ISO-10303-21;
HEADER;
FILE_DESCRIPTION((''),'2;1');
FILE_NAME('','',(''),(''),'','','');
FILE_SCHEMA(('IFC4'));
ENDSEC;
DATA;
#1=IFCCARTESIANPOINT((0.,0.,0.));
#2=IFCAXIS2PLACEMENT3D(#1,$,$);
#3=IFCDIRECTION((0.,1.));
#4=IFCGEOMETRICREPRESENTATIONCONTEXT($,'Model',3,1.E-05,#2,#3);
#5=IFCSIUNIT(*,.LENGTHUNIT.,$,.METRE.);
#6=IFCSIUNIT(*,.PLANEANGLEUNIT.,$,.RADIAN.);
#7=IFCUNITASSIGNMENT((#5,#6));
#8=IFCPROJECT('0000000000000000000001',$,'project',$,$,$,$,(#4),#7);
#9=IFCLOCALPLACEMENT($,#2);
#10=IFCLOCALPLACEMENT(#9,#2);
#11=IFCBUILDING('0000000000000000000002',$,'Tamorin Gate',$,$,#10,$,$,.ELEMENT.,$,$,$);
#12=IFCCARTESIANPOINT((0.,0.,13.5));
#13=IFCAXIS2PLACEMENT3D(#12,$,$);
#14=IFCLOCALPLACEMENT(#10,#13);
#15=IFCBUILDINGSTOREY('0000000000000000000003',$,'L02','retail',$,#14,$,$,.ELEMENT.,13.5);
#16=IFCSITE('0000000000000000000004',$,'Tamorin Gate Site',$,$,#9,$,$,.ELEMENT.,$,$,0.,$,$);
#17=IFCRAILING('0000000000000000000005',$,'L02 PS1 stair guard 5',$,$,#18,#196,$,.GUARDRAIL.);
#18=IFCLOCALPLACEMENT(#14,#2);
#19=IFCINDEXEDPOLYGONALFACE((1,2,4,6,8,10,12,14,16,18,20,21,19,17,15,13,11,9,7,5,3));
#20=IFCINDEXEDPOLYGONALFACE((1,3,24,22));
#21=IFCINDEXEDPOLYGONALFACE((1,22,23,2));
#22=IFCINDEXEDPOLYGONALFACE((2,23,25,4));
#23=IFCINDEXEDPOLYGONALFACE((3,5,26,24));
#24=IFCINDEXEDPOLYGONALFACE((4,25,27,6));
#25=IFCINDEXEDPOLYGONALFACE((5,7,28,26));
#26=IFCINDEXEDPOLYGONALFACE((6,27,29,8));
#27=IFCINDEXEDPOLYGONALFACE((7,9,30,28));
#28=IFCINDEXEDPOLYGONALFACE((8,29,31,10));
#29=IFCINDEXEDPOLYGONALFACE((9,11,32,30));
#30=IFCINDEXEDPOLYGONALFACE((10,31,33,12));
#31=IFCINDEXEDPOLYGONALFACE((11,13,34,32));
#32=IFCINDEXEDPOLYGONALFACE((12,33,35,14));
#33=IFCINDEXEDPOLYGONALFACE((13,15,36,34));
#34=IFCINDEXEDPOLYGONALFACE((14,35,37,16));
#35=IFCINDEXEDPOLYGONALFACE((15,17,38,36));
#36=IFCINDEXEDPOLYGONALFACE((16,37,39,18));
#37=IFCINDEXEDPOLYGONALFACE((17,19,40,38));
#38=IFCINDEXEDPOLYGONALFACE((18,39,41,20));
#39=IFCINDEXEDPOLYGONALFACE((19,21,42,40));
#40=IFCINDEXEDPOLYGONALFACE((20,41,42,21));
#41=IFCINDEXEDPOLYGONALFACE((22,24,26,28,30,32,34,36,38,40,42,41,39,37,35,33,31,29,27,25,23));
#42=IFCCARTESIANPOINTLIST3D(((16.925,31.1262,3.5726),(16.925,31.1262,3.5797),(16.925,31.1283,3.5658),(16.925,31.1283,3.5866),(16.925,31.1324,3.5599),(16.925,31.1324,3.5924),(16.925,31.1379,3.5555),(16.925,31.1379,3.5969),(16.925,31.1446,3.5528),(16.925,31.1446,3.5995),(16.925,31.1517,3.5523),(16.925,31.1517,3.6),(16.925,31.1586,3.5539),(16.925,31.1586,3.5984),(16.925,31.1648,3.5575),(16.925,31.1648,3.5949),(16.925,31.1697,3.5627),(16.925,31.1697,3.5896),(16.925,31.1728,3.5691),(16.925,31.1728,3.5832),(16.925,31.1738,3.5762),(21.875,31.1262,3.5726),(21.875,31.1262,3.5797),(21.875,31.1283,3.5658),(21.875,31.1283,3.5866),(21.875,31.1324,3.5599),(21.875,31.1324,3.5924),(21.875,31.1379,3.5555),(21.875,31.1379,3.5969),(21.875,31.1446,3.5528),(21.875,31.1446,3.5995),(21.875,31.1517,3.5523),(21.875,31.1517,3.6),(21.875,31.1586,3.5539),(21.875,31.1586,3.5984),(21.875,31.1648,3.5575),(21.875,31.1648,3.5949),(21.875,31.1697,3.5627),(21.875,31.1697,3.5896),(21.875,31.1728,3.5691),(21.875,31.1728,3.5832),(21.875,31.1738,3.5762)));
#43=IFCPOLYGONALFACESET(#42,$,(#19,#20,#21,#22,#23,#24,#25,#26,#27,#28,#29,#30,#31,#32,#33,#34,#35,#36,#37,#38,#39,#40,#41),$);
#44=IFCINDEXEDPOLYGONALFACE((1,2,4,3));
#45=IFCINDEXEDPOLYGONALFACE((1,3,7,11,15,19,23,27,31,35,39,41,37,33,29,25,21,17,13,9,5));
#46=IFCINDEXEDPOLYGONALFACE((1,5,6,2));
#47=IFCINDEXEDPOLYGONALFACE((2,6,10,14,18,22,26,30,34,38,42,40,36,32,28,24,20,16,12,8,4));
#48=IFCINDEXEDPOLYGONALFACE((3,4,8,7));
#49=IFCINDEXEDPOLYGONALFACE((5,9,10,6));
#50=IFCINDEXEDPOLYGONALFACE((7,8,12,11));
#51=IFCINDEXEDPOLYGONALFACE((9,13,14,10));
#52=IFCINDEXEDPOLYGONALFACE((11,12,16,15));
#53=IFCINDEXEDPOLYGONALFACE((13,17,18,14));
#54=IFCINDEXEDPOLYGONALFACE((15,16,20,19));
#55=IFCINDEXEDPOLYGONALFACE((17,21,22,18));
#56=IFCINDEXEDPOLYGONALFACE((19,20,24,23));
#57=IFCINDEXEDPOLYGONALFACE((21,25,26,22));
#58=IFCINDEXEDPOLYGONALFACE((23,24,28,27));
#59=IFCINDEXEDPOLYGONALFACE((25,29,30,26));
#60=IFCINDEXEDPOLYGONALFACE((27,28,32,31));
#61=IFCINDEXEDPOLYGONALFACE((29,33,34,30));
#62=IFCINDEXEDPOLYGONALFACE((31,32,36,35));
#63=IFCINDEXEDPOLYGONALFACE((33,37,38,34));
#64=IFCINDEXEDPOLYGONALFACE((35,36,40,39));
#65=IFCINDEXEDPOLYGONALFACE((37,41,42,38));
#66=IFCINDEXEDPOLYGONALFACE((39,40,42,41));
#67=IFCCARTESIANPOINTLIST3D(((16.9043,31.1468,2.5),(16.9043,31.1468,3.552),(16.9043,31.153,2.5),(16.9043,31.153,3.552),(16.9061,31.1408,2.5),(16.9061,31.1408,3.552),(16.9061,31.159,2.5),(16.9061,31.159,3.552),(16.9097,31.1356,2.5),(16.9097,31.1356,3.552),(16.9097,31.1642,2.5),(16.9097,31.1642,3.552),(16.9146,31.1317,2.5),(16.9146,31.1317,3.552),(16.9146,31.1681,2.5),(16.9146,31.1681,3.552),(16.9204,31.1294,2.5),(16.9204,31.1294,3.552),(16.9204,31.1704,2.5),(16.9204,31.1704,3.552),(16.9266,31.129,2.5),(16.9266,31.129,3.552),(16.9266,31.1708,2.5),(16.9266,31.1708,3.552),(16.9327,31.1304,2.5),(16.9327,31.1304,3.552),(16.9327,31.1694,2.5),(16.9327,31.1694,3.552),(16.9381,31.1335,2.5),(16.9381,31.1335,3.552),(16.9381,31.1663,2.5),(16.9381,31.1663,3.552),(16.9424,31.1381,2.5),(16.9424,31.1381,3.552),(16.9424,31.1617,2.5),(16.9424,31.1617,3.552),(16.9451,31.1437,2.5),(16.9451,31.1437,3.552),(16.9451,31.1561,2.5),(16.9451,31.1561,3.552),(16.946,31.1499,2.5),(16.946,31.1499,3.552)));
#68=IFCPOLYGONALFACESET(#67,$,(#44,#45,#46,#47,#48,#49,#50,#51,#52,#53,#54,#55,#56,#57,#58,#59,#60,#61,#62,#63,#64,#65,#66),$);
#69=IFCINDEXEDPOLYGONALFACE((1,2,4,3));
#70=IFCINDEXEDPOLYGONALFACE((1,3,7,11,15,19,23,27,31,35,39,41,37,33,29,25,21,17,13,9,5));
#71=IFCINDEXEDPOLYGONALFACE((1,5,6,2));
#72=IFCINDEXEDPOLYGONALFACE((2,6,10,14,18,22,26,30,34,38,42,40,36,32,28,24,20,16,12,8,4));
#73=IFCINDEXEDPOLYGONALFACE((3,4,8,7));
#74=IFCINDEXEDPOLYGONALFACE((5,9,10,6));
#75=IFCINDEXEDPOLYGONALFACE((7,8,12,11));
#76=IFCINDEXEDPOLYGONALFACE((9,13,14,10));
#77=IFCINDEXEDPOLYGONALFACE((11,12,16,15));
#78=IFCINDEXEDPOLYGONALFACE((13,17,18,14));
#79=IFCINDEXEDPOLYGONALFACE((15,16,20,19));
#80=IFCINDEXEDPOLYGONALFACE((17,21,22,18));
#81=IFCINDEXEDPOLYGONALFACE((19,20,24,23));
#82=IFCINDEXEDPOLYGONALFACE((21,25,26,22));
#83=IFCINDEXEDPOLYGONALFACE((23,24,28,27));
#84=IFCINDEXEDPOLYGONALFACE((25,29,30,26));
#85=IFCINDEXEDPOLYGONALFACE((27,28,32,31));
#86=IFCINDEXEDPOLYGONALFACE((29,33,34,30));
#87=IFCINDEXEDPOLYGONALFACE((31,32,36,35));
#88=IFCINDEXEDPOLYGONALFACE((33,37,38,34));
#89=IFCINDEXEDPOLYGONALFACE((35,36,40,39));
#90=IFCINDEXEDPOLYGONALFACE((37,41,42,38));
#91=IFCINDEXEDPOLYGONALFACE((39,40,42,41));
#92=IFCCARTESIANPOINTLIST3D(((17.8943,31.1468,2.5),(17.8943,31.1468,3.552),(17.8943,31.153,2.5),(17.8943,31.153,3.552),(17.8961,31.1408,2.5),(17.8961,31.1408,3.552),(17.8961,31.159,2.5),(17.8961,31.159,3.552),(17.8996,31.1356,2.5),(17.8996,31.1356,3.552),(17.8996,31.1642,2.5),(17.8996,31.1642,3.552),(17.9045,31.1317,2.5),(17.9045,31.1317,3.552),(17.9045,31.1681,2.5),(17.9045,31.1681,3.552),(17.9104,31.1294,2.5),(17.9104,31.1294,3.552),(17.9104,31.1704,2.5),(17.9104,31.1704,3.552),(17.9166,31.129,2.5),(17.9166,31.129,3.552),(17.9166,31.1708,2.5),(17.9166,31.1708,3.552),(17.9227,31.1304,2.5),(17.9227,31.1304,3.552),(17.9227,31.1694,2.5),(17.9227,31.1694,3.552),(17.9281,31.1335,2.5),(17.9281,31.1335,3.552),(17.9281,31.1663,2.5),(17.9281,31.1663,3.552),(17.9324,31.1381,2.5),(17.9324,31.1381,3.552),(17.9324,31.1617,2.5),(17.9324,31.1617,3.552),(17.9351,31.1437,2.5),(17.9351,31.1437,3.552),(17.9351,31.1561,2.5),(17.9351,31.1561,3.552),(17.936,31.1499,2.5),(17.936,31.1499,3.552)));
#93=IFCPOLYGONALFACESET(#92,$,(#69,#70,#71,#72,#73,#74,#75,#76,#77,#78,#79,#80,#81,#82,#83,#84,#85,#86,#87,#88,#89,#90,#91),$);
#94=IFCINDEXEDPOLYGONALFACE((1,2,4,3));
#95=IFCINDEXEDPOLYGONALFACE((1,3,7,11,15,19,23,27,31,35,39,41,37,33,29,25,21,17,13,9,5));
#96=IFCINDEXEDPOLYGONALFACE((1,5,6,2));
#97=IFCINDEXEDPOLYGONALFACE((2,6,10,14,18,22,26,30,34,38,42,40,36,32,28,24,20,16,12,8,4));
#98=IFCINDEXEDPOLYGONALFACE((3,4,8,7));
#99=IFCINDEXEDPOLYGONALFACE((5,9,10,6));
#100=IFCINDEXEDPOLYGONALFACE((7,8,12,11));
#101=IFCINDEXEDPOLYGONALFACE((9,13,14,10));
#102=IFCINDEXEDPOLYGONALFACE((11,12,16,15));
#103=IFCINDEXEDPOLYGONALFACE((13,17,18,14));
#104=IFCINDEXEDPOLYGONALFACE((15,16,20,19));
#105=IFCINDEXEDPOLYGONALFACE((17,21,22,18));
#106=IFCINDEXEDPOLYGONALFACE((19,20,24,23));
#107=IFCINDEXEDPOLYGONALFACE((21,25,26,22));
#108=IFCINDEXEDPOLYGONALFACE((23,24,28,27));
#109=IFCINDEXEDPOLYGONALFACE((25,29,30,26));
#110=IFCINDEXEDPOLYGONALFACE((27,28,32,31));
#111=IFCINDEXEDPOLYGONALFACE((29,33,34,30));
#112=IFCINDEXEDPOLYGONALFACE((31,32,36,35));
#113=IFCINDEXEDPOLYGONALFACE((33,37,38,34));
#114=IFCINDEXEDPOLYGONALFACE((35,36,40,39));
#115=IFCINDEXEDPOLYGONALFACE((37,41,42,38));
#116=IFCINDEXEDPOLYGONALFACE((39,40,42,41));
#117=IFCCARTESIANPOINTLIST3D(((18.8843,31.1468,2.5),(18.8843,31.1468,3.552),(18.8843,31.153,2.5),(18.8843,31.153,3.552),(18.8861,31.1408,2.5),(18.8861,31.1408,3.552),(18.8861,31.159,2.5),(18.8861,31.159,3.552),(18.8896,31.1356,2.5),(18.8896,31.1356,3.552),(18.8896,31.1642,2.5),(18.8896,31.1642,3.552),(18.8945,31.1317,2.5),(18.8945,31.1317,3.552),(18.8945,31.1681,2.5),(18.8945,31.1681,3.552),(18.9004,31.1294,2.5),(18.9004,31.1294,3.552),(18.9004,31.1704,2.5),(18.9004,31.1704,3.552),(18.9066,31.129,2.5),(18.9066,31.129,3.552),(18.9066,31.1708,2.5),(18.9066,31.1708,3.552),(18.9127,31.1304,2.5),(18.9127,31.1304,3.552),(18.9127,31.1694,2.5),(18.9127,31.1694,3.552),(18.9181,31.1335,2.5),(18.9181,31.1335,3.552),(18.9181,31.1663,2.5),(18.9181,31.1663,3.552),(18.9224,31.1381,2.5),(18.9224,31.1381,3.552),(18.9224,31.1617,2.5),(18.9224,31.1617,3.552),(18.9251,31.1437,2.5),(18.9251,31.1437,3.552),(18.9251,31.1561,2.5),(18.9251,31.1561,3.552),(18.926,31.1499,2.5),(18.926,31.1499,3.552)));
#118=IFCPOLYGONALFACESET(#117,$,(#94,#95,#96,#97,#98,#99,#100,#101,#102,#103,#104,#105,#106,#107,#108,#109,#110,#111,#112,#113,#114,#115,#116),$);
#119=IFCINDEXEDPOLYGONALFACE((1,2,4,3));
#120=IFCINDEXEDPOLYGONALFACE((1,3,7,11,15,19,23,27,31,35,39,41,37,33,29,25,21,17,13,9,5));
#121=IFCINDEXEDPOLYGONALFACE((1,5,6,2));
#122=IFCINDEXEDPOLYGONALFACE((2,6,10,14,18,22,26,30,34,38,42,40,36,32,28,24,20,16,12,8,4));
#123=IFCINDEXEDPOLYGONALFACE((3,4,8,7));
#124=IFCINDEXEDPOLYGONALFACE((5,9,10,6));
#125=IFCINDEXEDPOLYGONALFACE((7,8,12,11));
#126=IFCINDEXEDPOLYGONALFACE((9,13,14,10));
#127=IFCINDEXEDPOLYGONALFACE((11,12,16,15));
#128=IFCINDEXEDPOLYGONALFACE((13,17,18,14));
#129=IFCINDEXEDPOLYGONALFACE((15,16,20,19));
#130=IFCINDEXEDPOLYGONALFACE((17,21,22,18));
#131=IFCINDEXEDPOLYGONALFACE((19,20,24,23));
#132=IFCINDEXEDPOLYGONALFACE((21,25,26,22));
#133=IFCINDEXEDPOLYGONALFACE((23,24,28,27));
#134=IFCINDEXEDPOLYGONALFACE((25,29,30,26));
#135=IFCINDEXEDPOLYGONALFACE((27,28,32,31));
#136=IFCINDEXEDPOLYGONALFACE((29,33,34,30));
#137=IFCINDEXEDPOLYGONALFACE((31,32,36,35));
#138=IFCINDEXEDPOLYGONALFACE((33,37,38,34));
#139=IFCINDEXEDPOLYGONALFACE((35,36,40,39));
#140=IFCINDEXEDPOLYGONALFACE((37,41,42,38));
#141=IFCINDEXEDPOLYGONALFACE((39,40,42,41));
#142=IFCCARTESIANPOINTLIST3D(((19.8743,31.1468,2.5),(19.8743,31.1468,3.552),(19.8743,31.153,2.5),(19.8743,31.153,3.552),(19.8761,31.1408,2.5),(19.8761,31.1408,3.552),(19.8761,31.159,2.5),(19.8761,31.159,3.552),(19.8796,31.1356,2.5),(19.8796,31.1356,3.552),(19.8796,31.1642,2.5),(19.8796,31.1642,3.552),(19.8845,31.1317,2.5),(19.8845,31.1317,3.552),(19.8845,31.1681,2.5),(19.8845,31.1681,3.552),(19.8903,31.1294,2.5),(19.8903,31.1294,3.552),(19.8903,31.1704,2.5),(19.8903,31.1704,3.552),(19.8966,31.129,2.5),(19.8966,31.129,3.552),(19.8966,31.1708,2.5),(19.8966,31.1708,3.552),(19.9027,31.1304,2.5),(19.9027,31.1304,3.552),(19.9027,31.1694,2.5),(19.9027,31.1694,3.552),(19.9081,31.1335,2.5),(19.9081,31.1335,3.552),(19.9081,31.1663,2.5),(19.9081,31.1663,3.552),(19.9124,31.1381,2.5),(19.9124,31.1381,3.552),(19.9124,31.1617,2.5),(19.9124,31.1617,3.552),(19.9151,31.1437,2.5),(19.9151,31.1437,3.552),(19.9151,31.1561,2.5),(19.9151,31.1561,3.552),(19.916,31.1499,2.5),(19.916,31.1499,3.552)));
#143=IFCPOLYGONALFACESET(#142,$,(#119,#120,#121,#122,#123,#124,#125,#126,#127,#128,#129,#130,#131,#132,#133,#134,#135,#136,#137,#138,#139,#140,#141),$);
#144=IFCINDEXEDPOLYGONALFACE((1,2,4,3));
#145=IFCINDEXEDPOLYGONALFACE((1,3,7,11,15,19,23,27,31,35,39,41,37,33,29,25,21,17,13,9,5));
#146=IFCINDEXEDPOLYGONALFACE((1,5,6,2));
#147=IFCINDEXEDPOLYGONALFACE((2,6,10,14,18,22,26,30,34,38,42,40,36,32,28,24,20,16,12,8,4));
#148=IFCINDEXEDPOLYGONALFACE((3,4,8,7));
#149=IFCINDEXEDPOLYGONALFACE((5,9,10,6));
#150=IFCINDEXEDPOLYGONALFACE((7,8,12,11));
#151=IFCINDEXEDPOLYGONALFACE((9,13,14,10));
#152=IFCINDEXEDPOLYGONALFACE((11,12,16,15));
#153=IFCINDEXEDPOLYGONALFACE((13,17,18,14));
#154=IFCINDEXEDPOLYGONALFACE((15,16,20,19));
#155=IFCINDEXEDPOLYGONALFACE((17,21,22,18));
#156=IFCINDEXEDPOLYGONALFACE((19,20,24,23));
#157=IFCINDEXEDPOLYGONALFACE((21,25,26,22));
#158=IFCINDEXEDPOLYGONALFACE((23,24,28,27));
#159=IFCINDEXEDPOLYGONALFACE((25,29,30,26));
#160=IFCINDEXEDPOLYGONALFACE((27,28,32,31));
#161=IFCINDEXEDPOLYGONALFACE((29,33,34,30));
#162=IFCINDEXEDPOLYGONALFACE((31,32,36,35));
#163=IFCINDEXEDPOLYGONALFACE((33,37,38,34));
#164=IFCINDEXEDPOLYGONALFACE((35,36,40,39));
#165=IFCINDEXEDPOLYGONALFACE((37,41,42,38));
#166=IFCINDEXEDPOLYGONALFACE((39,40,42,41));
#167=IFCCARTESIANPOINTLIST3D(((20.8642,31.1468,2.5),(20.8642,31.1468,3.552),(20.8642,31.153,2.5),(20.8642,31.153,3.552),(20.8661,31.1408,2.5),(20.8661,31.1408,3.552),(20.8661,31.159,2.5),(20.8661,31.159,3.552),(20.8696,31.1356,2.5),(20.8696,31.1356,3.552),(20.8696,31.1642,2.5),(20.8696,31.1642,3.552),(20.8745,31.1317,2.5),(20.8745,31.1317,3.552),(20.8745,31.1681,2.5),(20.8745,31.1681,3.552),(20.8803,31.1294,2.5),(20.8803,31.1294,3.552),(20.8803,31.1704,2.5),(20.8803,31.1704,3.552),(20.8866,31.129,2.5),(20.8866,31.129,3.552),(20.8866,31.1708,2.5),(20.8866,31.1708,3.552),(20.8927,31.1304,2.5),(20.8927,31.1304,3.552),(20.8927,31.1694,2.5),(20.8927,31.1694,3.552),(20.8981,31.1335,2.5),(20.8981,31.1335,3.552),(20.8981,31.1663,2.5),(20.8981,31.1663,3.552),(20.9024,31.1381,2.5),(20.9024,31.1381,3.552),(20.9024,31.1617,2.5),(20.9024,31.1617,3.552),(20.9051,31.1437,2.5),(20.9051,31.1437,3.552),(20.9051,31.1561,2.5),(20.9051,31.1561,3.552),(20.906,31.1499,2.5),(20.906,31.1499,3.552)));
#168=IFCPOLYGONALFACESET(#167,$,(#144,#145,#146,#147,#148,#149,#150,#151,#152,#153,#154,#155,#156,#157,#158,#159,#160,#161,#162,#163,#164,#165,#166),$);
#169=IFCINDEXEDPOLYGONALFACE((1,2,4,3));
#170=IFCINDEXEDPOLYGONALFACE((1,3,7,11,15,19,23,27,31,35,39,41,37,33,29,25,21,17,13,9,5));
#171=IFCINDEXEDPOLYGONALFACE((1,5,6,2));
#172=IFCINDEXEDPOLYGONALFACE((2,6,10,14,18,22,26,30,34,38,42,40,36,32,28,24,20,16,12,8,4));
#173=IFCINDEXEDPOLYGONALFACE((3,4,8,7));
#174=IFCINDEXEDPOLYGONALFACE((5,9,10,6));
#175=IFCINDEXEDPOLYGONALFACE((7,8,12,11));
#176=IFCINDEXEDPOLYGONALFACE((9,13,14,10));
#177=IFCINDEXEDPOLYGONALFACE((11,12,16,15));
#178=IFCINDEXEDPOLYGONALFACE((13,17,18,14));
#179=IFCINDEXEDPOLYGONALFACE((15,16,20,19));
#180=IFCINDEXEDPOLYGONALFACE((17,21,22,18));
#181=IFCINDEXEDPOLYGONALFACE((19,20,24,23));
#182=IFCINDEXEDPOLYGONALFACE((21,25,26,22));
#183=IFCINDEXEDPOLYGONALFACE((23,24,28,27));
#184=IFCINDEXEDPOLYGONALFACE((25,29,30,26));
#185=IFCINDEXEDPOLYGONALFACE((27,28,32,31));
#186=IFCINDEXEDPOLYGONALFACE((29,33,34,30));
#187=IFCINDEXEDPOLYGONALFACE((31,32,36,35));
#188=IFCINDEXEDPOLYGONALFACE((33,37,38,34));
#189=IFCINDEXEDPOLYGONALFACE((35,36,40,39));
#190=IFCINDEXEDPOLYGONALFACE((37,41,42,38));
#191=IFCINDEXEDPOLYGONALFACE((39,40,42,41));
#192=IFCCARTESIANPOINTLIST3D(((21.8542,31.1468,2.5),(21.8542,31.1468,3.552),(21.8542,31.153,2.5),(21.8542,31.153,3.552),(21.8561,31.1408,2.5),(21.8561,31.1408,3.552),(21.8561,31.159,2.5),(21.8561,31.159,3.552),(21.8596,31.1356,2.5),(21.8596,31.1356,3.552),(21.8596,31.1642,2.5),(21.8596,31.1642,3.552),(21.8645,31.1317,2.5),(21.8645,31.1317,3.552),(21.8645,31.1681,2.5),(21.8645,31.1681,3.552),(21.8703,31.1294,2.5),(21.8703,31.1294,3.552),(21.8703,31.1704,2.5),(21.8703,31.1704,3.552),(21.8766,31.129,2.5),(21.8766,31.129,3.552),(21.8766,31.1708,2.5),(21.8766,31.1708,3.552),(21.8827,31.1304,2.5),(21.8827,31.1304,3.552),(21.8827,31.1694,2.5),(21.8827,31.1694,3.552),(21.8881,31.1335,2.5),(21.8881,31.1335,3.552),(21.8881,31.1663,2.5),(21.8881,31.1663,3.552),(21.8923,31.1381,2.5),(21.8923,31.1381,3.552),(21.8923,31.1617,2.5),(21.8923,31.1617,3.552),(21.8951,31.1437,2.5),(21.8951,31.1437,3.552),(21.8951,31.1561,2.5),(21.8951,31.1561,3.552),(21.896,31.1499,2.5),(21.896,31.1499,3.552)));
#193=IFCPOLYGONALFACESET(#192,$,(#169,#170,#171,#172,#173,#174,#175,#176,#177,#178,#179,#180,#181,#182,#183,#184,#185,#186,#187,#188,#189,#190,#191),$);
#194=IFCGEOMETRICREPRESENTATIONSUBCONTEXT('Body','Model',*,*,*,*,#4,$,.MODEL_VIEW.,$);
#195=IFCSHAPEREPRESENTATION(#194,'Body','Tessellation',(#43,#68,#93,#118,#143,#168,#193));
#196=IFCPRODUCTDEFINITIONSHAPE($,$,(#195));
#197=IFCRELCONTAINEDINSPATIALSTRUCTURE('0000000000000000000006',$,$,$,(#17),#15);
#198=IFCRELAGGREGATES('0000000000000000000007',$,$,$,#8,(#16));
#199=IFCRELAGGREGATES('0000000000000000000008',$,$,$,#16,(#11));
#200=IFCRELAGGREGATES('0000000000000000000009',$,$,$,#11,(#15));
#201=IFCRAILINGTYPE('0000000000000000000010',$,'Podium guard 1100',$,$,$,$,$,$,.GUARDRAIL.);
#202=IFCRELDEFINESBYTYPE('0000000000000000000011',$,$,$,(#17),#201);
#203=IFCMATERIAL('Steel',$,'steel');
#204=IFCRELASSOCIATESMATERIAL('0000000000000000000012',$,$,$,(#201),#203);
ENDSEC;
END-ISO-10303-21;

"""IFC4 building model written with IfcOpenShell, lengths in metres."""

from ifc_helpers import new_model, si_unit, direction, frame, origin, origin_2d, place, context, subcontext, project, spatial, circle, extrude, material, type_object, element, save


model = new_model("IFC4")

# Units and contexts
model_context = context("Model", 3, precision=1e-05, world=origin(), true_north=direction((0.0, 1.0)))
body_context = subcontext(model_context, "Body", "Model", "MODEL_VIEW")
ifc_project = project(units=[si_unit("LENGTHUNIT", "METRE"), si_unit("PLANEANGLEUNIT", "RADIAN")], contexts=[model_context])

# Site, building, storey
site_placement = place(None, origin())
site = spatial("IfcSite", under=ifc_project, at=site_placement, Name="Tamorin Gate Site", CompositionType="ELEMENT", RefElevation=0.0)
building_placement = place(site_placement, origin())
building = spatial("IfcBuilding", under=site, at=building_placement, Name="Tamorin Gate", CompositionType="ELEMENT")
storey_placement = place(building_placement, frame((0.0, 0.0, 13.5)))
storey = spatial("IfcBuildingStorey", under=building, at=storey_placement, Name="L02", Description="retail", CompositionType="ELEMENT", Elevation=13.5)

# Railing
ifc_material_1 = material(Name="Steel", Category="steel")
railing_type = type_object("IfcRailingType", Name="Podium guard 1100", PredefinedType="GUARDRAIL", material=ifc_material_1)
railing_1_placement = place(storey_placement, frame((16.925, 31.1499, 2.5)))
element("IfcRailing", 1, at=railing_1_placement, inside=storey, type_object=railing_type, Name="L02 PS1 stair guard 5", PredefinedType="GUARDRAIL", context=body_context, shape_type="SweptSolid", body=[
    extrude(circle(Radius=0.0239, at=origin_2d()), frame((0.0, 0.0, 1.0762), z_axis=(1.0, 0.0, 0.0), x_axis=(0.0, 1.0, 0.0)), (0.0, 0.0, 1.0), 4.95),
    extrude(circle(Radius=0.021, at=origin_2d()), origin(), (0.0, 0.0, 1.0), 1.052),
    extrude(circle(Radius=0.021, at=origin_2d()), frame((0.99, 0.0, 0.0)), (0.0, 0.0, 1.0), 1.052),
    extrude(circle(Radius=0.021, at=origin_2d()), frame((1.98, 0.0, 0.0)), (0.0, 0.0, 1.0), 1.052),
    extrude(circle(Radius=0.021, at=origin_2d()), frame((2.97, 0.0, 0.0)), (0.0, 0.0, 1.0), 1.052),
    extrude(circle(Radius=0.021, at=origin_2d()), frame((3.96, 0.0, 0.0)), (0.0, 0.0, 1.0), 1.052),
    extrude(circle(Radius=0.021, at=origin_2d()), frame((4.95, 0.0, 0.0)), (0.0, 0.0, 1.0), 1.052),
])

save(model, "model.ifc")
